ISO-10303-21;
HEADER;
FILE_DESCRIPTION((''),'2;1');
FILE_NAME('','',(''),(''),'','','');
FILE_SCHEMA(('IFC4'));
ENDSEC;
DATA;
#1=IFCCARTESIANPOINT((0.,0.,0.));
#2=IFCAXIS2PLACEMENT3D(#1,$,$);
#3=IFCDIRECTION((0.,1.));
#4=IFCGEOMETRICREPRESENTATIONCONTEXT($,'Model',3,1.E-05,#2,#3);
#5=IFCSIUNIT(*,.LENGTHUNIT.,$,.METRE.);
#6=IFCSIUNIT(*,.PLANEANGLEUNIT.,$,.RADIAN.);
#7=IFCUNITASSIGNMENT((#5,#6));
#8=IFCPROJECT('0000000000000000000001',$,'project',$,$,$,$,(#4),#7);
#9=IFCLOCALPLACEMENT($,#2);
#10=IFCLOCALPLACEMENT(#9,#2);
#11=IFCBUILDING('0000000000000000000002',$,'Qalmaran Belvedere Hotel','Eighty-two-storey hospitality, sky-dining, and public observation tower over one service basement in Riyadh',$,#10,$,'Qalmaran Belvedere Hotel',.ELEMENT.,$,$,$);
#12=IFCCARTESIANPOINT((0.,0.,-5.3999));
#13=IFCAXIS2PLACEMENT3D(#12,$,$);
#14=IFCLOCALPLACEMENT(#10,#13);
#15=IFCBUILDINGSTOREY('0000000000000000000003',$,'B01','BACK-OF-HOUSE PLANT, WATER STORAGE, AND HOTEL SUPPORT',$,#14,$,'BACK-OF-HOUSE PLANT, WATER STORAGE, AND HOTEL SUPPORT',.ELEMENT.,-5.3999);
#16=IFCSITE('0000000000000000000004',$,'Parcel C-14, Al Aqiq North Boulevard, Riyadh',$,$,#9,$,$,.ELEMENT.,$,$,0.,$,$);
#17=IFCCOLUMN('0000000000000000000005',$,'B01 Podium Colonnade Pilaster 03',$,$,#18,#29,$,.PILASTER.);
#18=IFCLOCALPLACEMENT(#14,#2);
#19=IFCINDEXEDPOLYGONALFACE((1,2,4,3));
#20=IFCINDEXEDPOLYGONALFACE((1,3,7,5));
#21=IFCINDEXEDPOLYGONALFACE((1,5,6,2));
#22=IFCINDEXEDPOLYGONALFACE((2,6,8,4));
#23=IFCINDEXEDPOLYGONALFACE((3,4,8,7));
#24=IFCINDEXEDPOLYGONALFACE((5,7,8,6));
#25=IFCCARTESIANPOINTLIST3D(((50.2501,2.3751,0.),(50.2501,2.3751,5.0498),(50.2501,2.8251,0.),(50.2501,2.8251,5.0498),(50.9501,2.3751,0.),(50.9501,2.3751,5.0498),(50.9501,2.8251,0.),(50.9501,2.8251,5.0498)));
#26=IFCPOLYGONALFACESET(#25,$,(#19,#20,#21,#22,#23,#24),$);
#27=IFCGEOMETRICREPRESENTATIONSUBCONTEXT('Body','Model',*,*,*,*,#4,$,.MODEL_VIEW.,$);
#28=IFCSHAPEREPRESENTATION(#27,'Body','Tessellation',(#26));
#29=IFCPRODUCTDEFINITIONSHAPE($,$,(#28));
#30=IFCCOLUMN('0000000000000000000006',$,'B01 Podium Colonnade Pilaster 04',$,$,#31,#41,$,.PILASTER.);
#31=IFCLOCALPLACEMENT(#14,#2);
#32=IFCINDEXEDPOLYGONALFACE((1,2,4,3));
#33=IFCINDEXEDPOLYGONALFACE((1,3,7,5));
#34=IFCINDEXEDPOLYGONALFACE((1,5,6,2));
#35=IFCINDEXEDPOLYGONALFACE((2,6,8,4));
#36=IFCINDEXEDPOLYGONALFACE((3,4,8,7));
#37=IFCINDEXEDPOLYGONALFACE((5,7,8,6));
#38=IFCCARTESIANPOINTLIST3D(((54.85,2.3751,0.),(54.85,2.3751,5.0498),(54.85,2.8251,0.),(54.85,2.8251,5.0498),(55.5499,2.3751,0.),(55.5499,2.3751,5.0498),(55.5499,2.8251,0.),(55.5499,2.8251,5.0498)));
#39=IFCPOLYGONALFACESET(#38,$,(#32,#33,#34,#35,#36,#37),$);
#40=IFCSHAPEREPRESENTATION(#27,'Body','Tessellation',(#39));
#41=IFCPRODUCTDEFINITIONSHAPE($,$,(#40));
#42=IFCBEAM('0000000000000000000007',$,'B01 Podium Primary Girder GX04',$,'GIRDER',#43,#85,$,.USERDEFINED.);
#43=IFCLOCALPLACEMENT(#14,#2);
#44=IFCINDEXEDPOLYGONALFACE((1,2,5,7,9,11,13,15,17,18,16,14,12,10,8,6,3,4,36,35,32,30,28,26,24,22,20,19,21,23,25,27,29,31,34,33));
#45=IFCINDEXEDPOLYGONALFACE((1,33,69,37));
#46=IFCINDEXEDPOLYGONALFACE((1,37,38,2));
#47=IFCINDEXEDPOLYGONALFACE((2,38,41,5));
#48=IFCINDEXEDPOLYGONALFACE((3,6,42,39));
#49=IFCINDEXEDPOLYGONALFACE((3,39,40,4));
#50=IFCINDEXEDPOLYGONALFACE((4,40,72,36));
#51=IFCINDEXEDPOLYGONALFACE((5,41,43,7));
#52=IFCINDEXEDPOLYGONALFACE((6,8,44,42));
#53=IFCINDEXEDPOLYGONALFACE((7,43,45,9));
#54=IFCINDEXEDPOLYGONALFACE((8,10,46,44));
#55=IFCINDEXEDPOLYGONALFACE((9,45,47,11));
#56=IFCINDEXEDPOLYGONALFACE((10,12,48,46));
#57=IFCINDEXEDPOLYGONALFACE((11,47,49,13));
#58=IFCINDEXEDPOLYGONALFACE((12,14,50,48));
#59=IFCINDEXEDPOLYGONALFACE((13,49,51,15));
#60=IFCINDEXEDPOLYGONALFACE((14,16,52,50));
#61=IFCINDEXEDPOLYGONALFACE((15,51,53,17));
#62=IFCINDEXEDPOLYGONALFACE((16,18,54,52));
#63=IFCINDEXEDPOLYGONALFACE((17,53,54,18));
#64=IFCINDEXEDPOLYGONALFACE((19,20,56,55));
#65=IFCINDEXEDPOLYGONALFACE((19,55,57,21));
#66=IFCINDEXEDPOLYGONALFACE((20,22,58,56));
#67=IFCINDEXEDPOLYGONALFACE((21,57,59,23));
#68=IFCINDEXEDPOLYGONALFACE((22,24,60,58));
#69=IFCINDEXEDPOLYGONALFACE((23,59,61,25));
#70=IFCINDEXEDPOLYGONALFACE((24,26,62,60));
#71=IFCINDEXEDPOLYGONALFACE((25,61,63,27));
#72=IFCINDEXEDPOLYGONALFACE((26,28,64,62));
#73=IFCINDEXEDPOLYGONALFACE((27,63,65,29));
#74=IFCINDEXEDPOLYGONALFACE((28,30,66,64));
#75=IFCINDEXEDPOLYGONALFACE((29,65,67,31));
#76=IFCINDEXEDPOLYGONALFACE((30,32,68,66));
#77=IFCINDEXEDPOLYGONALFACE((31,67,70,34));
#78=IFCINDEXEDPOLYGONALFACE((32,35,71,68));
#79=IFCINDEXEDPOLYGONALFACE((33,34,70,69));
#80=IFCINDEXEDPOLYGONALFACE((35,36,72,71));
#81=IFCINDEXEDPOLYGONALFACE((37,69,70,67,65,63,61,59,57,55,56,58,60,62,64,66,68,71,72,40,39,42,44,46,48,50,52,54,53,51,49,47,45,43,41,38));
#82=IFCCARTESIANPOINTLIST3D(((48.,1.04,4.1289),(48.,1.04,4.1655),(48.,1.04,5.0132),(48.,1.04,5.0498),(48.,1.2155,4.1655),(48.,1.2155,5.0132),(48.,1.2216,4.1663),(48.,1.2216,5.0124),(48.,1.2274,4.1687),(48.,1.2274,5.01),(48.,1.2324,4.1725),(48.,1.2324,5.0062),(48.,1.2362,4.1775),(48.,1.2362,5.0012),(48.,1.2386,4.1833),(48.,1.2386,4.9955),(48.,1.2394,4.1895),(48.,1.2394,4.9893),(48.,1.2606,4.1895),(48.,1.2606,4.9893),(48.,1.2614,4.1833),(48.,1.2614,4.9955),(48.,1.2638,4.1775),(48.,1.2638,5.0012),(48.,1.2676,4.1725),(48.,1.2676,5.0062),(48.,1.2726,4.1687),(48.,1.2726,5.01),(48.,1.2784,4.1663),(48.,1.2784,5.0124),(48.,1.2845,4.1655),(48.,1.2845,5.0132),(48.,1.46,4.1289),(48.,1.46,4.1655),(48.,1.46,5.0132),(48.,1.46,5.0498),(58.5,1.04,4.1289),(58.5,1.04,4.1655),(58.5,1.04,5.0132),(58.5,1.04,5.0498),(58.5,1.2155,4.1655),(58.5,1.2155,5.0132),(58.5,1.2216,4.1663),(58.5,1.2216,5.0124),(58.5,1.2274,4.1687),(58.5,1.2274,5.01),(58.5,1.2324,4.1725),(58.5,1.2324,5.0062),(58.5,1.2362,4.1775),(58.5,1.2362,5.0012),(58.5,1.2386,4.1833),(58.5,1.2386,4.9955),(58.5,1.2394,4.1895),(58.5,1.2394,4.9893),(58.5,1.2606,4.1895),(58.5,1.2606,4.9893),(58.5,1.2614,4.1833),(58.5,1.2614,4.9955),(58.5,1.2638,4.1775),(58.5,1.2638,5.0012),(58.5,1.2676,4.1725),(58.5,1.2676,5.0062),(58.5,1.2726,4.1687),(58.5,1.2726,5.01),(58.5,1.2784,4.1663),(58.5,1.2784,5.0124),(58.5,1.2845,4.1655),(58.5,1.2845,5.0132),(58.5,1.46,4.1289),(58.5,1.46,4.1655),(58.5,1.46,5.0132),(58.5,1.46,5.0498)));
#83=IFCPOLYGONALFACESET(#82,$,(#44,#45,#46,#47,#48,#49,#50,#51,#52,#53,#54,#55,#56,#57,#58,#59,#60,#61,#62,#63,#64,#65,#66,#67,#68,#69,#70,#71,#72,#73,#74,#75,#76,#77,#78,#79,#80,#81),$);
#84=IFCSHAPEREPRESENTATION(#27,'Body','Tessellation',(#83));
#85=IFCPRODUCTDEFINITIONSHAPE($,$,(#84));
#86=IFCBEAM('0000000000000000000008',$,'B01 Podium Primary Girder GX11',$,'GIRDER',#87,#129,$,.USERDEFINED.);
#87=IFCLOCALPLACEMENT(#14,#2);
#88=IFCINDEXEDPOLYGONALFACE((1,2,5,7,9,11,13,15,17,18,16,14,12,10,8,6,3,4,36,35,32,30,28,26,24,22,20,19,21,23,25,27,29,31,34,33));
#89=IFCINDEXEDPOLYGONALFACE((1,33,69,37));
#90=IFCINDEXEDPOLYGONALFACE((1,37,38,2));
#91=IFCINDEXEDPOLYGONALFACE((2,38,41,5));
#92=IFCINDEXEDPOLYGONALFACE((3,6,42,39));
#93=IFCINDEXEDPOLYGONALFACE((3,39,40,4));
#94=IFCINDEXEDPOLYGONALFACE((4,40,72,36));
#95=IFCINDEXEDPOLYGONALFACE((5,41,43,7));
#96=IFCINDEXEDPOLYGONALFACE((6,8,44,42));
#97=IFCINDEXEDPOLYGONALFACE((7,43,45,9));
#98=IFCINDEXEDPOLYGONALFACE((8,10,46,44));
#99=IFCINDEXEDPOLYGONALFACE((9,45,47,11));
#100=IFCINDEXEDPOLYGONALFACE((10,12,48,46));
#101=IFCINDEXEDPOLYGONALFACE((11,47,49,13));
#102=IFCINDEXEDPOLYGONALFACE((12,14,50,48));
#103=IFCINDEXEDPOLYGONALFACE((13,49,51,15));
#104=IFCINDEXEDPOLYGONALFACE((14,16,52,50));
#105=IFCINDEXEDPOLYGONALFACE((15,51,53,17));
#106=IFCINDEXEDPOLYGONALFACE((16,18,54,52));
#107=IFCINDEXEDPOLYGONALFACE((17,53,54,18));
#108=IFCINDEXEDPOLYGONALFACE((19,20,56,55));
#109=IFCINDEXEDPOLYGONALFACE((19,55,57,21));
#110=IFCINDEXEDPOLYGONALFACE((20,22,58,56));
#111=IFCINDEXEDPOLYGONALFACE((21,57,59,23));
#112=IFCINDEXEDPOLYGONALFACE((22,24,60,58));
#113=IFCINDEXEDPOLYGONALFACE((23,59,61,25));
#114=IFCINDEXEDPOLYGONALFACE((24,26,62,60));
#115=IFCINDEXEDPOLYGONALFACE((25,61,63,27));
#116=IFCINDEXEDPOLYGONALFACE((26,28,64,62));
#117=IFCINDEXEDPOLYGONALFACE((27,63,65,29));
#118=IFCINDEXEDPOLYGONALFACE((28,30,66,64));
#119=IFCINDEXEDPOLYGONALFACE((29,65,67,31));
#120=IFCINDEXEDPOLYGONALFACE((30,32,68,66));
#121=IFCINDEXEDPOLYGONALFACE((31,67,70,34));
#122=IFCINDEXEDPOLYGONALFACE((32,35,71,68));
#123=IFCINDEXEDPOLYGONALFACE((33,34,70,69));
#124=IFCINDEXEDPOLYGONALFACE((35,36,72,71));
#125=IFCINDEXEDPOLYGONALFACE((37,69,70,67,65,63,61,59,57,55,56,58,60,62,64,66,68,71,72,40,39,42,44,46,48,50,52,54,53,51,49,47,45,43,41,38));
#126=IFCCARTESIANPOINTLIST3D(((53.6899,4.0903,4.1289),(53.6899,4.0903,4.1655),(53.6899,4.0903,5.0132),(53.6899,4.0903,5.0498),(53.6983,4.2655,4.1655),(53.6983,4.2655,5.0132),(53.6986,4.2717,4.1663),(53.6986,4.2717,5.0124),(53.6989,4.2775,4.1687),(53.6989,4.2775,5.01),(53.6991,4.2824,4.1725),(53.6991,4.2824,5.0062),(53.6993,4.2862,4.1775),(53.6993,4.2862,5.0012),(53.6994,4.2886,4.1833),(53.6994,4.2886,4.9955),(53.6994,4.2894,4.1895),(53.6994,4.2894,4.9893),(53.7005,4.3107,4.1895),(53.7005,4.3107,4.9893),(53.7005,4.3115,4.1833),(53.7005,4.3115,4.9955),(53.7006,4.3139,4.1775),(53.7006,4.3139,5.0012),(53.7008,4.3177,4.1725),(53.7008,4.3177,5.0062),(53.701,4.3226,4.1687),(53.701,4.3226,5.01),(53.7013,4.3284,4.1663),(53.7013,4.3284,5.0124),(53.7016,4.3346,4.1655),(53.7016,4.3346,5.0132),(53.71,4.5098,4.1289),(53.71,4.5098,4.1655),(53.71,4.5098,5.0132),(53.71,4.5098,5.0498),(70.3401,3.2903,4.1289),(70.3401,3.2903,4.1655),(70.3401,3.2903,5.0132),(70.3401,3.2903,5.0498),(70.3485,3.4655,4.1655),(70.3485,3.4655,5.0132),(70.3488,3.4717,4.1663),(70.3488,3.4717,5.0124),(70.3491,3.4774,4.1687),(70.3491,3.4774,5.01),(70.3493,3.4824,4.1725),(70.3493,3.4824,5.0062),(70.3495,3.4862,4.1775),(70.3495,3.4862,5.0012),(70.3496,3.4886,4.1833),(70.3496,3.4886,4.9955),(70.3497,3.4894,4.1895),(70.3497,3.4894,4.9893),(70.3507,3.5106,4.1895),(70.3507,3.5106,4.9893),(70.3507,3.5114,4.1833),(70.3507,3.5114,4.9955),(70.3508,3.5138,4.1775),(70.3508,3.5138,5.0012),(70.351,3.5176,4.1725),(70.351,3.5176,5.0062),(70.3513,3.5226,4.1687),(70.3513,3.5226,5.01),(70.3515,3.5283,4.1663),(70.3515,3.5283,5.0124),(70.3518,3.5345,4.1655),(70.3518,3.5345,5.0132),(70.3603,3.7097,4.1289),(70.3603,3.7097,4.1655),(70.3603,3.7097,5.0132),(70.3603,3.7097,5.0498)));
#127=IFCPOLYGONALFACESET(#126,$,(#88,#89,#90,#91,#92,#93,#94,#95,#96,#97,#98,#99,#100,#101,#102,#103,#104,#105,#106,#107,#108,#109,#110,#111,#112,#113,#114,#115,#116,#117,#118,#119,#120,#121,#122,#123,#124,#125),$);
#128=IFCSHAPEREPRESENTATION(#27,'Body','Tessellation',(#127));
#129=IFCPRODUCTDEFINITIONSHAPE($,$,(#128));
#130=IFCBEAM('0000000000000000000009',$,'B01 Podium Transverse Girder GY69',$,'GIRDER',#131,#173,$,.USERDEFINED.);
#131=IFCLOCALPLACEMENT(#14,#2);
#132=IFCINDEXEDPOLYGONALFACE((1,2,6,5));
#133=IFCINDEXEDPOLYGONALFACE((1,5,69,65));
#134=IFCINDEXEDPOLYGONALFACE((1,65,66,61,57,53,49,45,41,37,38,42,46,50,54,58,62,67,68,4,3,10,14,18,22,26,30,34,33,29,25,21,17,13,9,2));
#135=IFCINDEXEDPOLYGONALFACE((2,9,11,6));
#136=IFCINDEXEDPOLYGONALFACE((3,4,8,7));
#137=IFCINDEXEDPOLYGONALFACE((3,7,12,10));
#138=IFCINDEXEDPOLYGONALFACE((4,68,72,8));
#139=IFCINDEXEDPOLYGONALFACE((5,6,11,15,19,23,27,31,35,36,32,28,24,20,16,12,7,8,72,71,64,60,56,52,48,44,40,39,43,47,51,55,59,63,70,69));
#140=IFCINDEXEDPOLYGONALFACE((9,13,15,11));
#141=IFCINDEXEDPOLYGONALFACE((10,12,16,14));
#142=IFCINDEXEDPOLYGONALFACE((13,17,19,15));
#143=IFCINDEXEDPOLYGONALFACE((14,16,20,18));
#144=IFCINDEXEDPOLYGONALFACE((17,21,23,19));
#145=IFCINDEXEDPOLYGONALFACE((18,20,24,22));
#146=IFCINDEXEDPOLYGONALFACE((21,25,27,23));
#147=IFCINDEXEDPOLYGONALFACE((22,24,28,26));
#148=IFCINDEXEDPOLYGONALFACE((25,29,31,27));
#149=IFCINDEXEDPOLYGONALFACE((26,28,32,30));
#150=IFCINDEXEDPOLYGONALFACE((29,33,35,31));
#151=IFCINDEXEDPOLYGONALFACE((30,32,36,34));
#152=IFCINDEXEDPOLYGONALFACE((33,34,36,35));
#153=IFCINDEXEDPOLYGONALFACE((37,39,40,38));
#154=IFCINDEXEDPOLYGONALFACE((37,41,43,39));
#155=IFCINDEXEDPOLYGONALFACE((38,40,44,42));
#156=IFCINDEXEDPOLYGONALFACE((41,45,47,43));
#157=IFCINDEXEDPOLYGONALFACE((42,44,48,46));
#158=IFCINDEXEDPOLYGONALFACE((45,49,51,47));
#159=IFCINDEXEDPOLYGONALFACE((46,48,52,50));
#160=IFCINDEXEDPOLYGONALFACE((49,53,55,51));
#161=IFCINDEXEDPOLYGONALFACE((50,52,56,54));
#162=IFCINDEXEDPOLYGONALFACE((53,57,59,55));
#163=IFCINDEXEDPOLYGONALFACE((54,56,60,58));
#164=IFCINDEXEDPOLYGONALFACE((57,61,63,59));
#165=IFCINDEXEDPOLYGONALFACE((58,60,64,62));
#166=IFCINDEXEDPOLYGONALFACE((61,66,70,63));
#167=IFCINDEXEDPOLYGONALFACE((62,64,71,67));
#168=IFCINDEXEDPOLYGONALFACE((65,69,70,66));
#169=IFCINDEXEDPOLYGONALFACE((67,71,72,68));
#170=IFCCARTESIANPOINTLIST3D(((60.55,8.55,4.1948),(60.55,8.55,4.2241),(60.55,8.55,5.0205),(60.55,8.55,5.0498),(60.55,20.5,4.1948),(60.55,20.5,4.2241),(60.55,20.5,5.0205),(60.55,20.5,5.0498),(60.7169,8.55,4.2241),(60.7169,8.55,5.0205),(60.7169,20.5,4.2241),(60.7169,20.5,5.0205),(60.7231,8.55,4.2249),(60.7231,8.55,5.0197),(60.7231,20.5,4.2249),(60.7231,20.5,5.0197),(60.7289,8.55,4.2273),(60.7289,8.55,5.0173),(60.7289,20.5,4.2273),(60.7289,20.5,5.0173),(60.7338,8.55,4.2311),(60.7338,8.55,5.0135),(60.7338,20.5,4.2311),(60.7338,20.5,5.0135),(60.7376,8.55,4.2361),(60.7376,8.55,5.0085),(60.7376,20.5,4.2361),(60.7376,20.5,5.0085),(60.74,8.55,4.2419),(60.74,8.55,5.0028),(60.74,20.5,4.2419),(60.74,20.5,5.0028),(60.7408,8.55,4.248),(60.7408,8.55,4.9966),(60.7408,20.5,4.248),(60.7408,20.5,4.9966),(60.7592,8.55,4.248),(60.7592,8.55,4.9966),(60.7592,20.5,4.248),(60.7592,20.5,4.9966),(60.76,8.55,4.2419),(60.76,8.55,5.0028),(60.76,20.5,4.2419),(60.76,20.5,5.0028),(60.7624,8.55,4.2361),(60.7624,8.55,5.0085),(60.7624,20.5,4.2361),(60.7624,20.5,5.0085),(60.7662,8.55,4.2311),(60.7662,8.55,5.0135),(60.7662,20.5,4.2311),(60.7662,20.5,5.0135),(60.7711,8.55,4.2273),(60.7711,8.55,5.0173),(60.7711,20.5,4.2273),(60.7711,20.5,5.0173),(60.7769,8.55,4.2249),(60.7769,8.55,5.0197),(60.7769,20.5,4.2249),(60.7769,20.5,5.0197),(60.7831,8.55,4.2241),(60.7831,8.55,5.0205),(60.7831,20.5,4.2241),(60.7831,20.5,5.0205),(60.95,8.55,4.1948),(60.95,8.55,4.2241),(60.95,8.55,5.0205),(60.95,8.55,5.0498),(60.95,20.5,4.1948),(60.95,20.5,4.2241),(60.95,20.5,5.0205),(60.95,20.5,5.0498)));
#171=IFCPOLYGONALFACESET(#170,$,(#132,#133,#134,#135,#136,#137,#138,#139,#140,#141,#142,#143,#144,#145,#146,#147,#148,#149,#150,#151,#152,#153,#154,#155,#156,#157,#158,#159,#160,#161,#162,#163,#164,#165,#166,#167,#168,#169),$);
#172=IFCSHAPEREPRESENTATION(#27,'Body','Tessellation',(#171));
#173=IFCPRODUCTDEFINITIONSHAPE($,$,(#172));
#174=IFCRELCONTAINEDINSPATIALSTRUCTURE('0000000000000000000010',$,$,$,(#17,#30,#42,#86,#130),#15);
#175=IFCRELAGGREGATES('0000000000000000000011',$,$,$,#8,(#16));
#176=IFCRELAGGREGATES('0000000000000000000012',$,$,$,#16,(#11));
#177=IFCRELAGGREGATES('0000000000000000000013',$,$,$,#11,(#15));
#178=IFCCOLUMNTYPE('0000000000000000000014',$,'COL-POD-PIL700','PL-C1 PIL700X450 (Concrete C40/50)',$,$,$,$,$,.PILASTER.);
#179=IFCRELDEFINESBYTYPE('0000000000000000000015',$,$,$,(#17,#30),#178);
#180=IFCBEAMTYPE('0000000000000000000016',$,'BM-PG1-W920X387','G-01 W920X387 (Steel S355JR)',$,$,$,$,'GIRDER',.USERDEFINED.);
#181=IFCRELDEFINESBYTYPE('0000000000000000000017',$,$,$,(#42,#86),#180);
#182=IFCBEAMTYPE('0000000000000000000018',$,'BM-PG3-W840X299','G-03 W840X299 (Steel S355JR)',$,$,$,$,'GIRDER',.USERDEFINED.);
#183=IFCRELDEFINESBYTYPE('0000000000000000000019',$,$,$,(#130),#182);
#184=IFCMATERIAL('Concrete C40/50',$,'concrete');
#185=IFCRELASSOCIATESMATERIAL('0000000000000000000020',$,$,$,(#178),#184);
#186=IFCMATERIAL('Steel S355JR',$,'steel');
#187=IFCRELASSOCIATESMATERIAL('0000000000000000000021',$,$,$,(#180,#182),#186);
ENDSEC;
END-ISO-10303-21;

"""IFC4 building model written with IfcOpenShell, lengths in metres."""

from ifc_helpers import new_model, si_unit, direction, frame, origin, origin_2d, place, context, subcontext, project, spatial, rectangle, i_section, extrude, material, material_profile, profile_set, type_object, element, save


model = new_model("IFC4")

# Units and contexts
model_context = context("Model", 3, precision=1e-05, world=origin(), true_north=direction((0.0, 1.0)))
body_context = subcontext(model_context, "Body", "Model", "MODEL_VIEW")
ifc_project = project(units=[si_unit("LENGTHUNIT", "METRE"), si_unit("PLANEANGLEUNIT", "RADIAN")], contexts=[model_context])

# Site, building, storey
site_placement = place(None, origin())
site = spatial("IfcSite", under=ifc_project, at=site_placement, Name="Parcel C-14, Al Aqiq North Boulevard, Riyadh", CompositionType="ELEMENT", RefElevation=0.0)
building_placement = place(site_placement, origin())
building = spatial("IfcBuilding", under=site, at=building_placement, Name="Qalmaran Belvedere Hotel", Description="Eighty-two-storey hospitality, sky-dining, and public observation tower over one service basement in Riyadh", LongName="Qalmaran Belvedere Hotel", CompositionType="ELEMENT")
storey_placement = place(building_placement, frame((0.0, 0.0, -5.3999)))
storey = spatial("IfcBuildingStorey", under=building, at=storey_placement, Name="B01", Description="BACK-OF-HOUSE PLANT, WATER STORAGE, AND HOTEL SUPPORT", LongName="BACK-OF-HOUSE PLANT, WATER STORAGE, AND HOTEL SUPPORT", CompositionType="ELEMENT", Elevation=-5.3999)

# Columns
ifc_material_1 = material(Name="Concrete C40/50", Category="concrete")
ifc_material_profile_1 = material_profile(ifc_material_1, rectangle(XDim=0.7, YDim=0.45, at=origin_2d()), Name="PIL700X450")
ifc_profile_set_1 = profile_set([ifc_material_profile_1], Name="Concrete C40/50")
column_type_1 = type_object("IfcColumnType", Name="COL-POD-PIL700", Description="PL-C1 PIL700X450 (Concrete C40/50)", PredefinedType="PILASTER", material=ifc_profile_set_1)
for number, where, z_axis, x_axis, name in (
    (1, (50.6001, 2.6001, 0.0), (0.0, 0.0, 1.0), (1.0, 0.0, 0.0), "B01 Podium Colonnade Pilaster 03"),
    (2, (55.2, 2.6001, 0.0), (0.0, 0.0, 1.0), (1.0, 0.0, 0.0), "B01 Podium Colonnade Pilaster 04"),
):
    element("IfcColumn", number, at=place(storey_placement, frame(where, z_axis=z_axis, x_axis=x_axis)), inside=storey, type_object=column_type_1, Name=name, PredefinedType="PILASTER", context=body_context, shape_type="SweptSolid", body=[
        extrude(rectangle(XDim=0.7, YDim=0.45, at=origin_2d()), origin(), (0.0, 0.0, 1.0), 5.0498),
    ])

# Beams
ifc_material_2 = material(Name="Steel S355JR", Category="steel")
ifc_material_profile_2 = material_profile(ifc_material_2, i_section(OverallWidth=0.4199, OverallDepth=0.9209, WebThickness=0.0212, FlangeThickness=0.0366, FilletRadius=0.0239, at=origin_2d()), Name="W920X387")
ifc_profile_set_2 = profile_set([ifc_material_profile_2], Name="Steel S355JR")
beam_type_1 = type_object("IfcBeamType", Name="BM-PG1-W920X387", Description="G-01 W920X387 (Steel S355JR)", ElementType="GIRDER", PredefinedType="USERDEFINED", material=ifc_profile_set_2)
beam_1_placement = place(storey_placement, frame((48.0, 1.25, 4.5894), z_axis=(1.0, 0.0, 0.0), x_axis=(0.0, 1.0, 0.0)))
element("IfcBeam", 3, at=beam_1_placement, inside=storey, type_object=beam_type_1, Name="B01 Podium Primary Girder GX04", ObjectType="GIRDER", PredefinedType="USERDEFINED", context=body_context, shape_type="SweptSolid", body=[
    extrude(i_section(OverallWidth=0.4199, OverallDepth=0.9209, WebThickness=0.0212, FlangeThickness=0.0366, FilletRadius=0.0239, at=origin_2d()), origin(), (0.0, 0.0, 1.0), 10.5),
])
beam_2_placement = place(storey_placement, frame((53.7, 4.3, 4.5894), z_axis=(0.998848, -0.047995, 0.0), x_axis=(0.047995, 0.998848, 0.0)))
element("IfcBeam", 4, at=beam_2_placement, inside=storey, type_object=beam_type_1, Name="B01 Podium Primary Girder GX11", ObjectType="GIRDER", PredefinedType="USERDEFINED", context=body_context, shape_type="SweptSolid", body=[
    extrude(i_section(OverallWidth=0.4199, OverallDepth=0.9209, WebThickness=0.0212, FlangeThickness=0.0366, FilletRadius=0.0239, at=origin_2d()), origin(), (0.0, 0.0, 1.0), 16.6694),
])
ifc_material_profile_3 = material_profile(ifc_material_2, i_section(OverallWidth=0.3999, OverallDepth=0.855, WebThickness=0.0183, FlangeThickness=0.0293, FilletRadius=0.0239, at=origin_2d()), Name="W840X299")
ifc_profile_set_3 = profile_set([ifc_material_profile_3], Name="Steel S355JR")
beam_type_2 = type_object("IfcBeamType", Name="BM-PG3-W840X299", Description="G-03 W840X299 (Steel S355JR)", ElementType="GIRDER", PredefinedType="USERDEFINED", material=ifc_profile_set_3)
beam_3_placement = place(storey_placement, frame((60.75, 8.55, 4.6223), z_axis=(0.0, 1.0, 0.0), x_axis=(-1.0, 0.0, 0.0)))
element("IfcBeam", 5, at=beam_3_placement, inside=storey, type_object=beam_type_2, Name="B01 Podium Transverse Girder GY69", ObjectType="GIRDER", PredefinedType="USERDEFINED", context=body_context, shape_type="SweptSolid", body=[
    extrude(i_section(OverallWidth=0.3999, OverallDepth=0.855, WebThickness=0.0183, FlangeThickness=0.0293, FilletRadius=0.0239, at=origin_2d()), origin(), (0.0, 0.0, 1.0), 11.95),
])

save(model, "model.ifc")
